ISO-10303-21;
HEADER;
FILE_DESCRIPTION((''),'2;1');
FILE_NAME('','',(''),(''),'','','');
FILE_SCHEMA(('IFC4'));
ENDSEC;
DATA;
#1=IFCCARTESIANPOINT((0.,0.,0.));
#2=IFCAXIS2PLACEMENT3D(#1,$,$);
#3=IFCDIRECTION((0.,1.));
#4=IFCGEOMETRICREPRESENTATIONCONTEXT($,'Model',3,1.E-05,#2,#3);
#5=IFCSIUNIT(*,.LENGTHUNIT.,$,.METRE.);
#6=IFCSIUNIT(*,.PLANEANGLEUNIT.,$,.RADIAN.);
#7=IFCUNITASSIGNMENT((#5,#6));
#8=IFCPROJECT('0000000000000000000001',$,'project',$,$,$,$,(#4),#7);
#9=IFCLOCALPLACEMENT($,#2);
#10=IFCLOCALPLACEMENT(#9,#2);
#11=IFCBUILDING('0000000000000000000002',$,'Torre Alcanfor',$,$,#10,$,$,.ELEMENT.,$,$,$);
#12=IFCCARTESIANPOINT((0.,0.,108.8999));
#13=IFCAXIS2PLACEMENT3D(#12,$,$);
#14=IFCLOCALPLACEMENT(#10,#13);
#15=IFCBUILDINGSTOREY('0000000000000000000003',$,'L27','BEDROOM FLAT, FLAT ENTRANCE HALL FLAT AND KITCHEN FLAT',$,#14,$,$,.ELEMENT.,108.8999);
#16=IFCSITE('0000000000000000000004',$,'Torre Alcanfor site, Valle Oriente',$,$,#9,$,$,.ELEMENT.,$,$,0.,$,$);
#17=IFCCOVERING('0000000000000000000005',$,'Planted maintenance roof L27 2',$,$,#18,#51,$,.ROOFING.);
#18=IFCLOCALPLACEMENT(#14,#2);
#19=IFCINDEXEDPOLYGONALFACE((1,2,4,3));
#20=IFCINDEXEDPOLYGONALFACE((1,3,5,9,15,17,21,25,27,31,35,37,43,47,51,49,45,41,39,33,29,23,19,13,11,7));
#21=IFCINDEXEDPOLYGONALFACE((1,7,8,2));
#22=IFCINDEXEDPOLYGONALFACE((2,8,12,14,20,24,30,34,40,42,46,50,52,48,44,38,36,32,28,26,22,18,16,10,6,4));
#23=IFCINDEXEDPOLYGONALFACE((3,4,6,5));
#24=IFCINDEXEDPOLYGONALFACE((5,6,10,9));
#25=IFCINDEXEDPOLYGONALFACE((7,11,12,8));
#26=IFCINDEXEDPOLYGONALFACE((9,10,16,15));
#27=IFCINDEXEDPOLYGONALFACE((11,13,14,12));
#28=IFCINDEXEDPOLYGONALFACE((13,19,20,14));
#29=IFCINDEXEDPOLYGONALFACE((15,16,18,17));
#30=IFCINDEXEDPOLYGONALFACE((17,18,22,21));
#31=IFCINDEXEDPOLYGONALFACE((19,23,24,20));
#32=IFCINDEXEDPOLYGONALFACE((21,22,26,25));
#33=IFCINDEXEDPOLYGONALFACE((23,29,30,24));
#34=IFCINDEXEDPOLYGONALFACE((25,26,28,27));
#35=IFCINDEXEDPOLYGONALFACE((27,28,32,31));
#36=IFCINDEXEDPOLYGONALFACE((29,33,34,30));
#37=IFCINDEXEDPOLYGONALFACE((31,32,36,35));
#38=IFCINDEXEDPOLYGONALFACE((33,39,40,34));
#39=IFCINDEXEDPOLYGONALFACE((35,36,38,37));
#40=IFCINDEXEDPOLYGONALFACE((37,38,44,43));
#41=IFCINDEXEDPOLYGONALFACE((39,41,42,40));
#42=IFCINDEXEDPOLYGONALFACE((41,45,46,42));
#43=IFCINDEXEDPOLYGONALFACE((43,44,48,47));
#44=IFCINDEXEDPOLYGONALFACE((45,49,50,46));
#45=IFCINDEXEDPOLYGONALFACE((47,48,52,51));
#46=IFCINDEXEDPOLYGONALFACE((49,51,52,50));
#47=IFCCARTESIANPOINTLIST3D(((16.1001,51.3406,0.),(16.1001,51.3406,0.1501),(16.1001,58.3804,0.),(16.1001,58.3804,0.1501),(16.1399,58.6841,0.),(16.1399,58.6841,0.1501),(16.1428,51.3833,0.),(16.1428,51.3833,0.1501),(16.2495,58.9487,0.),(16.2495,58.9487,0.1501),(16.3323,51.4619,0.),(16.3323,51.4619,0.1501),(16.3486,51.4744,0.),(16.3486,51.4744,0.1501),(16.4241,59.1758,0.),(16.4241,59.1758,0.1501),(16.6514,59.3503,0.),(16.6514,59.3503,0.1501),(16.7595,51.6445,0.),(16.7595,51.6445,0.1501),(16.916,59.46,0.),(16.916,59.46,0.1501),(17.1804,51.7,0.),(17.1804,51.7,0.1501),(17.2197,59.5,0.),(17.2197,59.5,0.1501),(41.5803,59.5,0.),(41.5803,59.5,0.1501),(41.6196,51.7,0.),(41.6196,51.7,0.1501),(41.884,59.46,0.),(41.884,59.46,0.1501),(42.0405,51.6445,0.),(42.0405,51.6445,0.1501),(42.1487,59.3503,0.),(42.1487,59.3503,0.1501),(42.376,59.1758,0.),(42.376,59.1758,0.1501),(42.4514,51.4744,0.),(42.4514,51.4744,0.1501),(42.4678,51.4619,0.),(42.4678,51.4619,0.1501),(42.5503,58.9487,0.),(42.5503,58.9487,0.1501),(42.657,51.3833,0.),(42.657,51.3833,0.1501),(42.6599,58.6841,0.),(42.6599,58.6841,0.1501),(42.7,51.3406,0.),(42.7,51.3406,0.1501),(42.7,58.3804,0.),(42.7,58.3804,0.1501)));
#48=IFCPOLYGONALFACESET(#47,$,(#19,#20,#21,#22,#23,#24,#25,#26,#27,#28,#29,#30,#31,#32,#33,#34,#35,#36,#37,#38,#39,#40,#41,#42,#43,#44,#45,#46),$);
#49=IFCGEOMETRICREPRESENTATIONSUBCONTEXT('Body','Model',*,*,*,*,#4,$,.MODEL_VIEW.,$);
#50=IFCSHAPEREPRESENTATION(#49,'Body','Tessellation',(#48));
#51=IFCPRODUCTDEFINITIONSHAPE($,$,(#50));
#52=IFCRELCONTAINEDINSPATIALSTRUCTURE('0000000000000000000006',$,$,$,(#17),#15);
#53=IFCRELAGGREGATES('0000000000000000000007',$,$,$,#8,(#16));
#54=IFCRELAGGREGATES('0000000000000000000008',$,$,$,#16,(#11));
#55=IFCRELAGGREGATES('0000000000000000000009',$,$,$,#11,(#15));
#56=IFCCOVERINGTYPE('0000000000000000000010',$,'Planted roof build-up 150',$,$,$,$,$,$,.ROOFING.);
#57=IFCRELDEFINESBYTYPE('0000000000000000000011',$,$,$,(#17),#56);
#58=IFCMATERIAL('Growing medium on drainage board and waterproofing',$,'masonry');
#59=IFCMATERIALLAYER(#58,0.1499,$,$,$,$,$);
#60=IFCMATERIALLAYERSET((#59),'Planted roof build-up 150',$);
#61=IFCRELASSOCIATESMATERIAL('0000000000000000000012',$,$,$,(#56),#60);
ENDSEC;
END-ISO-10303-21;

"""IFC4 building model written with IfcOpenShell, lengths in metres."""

from ifc_helpers import new_model, si_unit, direction, frame, origin, place, context, subcontext, project, spatial, polyline, outline, extrude, material, layer, layer_set, type_object, element, save


model = new_model("IFC4")

# Units and contexts
model_context = context("Model", 3, precision=1e-05, world=origin(), true_north=direction((0.0, 1.0)))
body_context = subcontext(model_context, "Body", "Model", "MODEL_VIEW")
ifc_project = project(units=[si_unit("LENGTHUNIT", "METRE"), si_unit("PLANEANGLEUNIT", "RADIAN")], contexts=[model_context])

# Site, building, storey
site_placement = place(None, origin())
site = spatial("IfcSite", under=ifc_project, at=site_placement, Name="Torre Alcanfor site, Valle Oriente", CompositionType="ELEMENT", RefElevation=0.0)
building_placement = place(site_placement, origin())
building = spatial("IfcBuilding", under=site, at=building_placement, Name="Torre Alcanfor", CompositionType="ELEMENT")
storey_placement = place(building_placement, frame((0.0, 0.0, 108.8999)))
storey = spatial("IfcBuildingStorey", under=building, at=storey_placement, Name="L27", Description="BEDROOM FLAT, FLAT ENTRANCE HALL FLAT AND KITCHEN FLAT", CompositionType="ELEMENT", Elevation=108.8999)

# Covering
ifc_material_1 = material(Name="Growing medium on drainage board and waterproofing", Category="masonry")
ifc_layer_1 = layer(ifc_material_1, 0.1499)
ifc_layer_set_1 = layer_set([ifc_layer_1], Name="Planted roof build-up 150")
covering_type = type_object("IfcCoveringType", Name="Planted roof build-up 150", PredefinedType="ROOFING", material=ifc_layer_set_1)
covering_1_placement = place(storey_placement, origin())
element("IfcCovering", 1, at=covering_1_placement, inside=storey, type_object=covering_type, Name="Planted maintenance roof L27 2", PredefinedType="ROOFING", context=body_context, shape_type="SweptSolid", body=[
    extrude(outline(polyline([(16.1001, 58.3804), (16.1399, 58.6841), (16.2495, 58.9487), (16.4241, 59.1758), (16.6514, 59.3503), (16.916, 59.46), (17.2197, 59.5), (41.5803, 59.5), (41.884, 59.46), (42.1487, 59.3503), (42.376, 59.1758), (42.5503, 58.9487), (42.6599, 58.6841), (42.7, 58.3804), (42.7, 51.3406), (42.657, 51.3833), (42.4678, 51.4619), (42.4514, 51.4744), (42.0405, 51.6445), (41.6196, 51.7), (17.1804, 51.7), (16.7595, 51.6445), (16.3486, 51.4744), (16.3323, 51.4619), (16.1428, 51.3833), (16.1001, 51.3406), (16.1001, 58.3804)])), origin(), (0.0, 0.0, 1.0), 0.1501),
])

save(model, "model.ifc")
